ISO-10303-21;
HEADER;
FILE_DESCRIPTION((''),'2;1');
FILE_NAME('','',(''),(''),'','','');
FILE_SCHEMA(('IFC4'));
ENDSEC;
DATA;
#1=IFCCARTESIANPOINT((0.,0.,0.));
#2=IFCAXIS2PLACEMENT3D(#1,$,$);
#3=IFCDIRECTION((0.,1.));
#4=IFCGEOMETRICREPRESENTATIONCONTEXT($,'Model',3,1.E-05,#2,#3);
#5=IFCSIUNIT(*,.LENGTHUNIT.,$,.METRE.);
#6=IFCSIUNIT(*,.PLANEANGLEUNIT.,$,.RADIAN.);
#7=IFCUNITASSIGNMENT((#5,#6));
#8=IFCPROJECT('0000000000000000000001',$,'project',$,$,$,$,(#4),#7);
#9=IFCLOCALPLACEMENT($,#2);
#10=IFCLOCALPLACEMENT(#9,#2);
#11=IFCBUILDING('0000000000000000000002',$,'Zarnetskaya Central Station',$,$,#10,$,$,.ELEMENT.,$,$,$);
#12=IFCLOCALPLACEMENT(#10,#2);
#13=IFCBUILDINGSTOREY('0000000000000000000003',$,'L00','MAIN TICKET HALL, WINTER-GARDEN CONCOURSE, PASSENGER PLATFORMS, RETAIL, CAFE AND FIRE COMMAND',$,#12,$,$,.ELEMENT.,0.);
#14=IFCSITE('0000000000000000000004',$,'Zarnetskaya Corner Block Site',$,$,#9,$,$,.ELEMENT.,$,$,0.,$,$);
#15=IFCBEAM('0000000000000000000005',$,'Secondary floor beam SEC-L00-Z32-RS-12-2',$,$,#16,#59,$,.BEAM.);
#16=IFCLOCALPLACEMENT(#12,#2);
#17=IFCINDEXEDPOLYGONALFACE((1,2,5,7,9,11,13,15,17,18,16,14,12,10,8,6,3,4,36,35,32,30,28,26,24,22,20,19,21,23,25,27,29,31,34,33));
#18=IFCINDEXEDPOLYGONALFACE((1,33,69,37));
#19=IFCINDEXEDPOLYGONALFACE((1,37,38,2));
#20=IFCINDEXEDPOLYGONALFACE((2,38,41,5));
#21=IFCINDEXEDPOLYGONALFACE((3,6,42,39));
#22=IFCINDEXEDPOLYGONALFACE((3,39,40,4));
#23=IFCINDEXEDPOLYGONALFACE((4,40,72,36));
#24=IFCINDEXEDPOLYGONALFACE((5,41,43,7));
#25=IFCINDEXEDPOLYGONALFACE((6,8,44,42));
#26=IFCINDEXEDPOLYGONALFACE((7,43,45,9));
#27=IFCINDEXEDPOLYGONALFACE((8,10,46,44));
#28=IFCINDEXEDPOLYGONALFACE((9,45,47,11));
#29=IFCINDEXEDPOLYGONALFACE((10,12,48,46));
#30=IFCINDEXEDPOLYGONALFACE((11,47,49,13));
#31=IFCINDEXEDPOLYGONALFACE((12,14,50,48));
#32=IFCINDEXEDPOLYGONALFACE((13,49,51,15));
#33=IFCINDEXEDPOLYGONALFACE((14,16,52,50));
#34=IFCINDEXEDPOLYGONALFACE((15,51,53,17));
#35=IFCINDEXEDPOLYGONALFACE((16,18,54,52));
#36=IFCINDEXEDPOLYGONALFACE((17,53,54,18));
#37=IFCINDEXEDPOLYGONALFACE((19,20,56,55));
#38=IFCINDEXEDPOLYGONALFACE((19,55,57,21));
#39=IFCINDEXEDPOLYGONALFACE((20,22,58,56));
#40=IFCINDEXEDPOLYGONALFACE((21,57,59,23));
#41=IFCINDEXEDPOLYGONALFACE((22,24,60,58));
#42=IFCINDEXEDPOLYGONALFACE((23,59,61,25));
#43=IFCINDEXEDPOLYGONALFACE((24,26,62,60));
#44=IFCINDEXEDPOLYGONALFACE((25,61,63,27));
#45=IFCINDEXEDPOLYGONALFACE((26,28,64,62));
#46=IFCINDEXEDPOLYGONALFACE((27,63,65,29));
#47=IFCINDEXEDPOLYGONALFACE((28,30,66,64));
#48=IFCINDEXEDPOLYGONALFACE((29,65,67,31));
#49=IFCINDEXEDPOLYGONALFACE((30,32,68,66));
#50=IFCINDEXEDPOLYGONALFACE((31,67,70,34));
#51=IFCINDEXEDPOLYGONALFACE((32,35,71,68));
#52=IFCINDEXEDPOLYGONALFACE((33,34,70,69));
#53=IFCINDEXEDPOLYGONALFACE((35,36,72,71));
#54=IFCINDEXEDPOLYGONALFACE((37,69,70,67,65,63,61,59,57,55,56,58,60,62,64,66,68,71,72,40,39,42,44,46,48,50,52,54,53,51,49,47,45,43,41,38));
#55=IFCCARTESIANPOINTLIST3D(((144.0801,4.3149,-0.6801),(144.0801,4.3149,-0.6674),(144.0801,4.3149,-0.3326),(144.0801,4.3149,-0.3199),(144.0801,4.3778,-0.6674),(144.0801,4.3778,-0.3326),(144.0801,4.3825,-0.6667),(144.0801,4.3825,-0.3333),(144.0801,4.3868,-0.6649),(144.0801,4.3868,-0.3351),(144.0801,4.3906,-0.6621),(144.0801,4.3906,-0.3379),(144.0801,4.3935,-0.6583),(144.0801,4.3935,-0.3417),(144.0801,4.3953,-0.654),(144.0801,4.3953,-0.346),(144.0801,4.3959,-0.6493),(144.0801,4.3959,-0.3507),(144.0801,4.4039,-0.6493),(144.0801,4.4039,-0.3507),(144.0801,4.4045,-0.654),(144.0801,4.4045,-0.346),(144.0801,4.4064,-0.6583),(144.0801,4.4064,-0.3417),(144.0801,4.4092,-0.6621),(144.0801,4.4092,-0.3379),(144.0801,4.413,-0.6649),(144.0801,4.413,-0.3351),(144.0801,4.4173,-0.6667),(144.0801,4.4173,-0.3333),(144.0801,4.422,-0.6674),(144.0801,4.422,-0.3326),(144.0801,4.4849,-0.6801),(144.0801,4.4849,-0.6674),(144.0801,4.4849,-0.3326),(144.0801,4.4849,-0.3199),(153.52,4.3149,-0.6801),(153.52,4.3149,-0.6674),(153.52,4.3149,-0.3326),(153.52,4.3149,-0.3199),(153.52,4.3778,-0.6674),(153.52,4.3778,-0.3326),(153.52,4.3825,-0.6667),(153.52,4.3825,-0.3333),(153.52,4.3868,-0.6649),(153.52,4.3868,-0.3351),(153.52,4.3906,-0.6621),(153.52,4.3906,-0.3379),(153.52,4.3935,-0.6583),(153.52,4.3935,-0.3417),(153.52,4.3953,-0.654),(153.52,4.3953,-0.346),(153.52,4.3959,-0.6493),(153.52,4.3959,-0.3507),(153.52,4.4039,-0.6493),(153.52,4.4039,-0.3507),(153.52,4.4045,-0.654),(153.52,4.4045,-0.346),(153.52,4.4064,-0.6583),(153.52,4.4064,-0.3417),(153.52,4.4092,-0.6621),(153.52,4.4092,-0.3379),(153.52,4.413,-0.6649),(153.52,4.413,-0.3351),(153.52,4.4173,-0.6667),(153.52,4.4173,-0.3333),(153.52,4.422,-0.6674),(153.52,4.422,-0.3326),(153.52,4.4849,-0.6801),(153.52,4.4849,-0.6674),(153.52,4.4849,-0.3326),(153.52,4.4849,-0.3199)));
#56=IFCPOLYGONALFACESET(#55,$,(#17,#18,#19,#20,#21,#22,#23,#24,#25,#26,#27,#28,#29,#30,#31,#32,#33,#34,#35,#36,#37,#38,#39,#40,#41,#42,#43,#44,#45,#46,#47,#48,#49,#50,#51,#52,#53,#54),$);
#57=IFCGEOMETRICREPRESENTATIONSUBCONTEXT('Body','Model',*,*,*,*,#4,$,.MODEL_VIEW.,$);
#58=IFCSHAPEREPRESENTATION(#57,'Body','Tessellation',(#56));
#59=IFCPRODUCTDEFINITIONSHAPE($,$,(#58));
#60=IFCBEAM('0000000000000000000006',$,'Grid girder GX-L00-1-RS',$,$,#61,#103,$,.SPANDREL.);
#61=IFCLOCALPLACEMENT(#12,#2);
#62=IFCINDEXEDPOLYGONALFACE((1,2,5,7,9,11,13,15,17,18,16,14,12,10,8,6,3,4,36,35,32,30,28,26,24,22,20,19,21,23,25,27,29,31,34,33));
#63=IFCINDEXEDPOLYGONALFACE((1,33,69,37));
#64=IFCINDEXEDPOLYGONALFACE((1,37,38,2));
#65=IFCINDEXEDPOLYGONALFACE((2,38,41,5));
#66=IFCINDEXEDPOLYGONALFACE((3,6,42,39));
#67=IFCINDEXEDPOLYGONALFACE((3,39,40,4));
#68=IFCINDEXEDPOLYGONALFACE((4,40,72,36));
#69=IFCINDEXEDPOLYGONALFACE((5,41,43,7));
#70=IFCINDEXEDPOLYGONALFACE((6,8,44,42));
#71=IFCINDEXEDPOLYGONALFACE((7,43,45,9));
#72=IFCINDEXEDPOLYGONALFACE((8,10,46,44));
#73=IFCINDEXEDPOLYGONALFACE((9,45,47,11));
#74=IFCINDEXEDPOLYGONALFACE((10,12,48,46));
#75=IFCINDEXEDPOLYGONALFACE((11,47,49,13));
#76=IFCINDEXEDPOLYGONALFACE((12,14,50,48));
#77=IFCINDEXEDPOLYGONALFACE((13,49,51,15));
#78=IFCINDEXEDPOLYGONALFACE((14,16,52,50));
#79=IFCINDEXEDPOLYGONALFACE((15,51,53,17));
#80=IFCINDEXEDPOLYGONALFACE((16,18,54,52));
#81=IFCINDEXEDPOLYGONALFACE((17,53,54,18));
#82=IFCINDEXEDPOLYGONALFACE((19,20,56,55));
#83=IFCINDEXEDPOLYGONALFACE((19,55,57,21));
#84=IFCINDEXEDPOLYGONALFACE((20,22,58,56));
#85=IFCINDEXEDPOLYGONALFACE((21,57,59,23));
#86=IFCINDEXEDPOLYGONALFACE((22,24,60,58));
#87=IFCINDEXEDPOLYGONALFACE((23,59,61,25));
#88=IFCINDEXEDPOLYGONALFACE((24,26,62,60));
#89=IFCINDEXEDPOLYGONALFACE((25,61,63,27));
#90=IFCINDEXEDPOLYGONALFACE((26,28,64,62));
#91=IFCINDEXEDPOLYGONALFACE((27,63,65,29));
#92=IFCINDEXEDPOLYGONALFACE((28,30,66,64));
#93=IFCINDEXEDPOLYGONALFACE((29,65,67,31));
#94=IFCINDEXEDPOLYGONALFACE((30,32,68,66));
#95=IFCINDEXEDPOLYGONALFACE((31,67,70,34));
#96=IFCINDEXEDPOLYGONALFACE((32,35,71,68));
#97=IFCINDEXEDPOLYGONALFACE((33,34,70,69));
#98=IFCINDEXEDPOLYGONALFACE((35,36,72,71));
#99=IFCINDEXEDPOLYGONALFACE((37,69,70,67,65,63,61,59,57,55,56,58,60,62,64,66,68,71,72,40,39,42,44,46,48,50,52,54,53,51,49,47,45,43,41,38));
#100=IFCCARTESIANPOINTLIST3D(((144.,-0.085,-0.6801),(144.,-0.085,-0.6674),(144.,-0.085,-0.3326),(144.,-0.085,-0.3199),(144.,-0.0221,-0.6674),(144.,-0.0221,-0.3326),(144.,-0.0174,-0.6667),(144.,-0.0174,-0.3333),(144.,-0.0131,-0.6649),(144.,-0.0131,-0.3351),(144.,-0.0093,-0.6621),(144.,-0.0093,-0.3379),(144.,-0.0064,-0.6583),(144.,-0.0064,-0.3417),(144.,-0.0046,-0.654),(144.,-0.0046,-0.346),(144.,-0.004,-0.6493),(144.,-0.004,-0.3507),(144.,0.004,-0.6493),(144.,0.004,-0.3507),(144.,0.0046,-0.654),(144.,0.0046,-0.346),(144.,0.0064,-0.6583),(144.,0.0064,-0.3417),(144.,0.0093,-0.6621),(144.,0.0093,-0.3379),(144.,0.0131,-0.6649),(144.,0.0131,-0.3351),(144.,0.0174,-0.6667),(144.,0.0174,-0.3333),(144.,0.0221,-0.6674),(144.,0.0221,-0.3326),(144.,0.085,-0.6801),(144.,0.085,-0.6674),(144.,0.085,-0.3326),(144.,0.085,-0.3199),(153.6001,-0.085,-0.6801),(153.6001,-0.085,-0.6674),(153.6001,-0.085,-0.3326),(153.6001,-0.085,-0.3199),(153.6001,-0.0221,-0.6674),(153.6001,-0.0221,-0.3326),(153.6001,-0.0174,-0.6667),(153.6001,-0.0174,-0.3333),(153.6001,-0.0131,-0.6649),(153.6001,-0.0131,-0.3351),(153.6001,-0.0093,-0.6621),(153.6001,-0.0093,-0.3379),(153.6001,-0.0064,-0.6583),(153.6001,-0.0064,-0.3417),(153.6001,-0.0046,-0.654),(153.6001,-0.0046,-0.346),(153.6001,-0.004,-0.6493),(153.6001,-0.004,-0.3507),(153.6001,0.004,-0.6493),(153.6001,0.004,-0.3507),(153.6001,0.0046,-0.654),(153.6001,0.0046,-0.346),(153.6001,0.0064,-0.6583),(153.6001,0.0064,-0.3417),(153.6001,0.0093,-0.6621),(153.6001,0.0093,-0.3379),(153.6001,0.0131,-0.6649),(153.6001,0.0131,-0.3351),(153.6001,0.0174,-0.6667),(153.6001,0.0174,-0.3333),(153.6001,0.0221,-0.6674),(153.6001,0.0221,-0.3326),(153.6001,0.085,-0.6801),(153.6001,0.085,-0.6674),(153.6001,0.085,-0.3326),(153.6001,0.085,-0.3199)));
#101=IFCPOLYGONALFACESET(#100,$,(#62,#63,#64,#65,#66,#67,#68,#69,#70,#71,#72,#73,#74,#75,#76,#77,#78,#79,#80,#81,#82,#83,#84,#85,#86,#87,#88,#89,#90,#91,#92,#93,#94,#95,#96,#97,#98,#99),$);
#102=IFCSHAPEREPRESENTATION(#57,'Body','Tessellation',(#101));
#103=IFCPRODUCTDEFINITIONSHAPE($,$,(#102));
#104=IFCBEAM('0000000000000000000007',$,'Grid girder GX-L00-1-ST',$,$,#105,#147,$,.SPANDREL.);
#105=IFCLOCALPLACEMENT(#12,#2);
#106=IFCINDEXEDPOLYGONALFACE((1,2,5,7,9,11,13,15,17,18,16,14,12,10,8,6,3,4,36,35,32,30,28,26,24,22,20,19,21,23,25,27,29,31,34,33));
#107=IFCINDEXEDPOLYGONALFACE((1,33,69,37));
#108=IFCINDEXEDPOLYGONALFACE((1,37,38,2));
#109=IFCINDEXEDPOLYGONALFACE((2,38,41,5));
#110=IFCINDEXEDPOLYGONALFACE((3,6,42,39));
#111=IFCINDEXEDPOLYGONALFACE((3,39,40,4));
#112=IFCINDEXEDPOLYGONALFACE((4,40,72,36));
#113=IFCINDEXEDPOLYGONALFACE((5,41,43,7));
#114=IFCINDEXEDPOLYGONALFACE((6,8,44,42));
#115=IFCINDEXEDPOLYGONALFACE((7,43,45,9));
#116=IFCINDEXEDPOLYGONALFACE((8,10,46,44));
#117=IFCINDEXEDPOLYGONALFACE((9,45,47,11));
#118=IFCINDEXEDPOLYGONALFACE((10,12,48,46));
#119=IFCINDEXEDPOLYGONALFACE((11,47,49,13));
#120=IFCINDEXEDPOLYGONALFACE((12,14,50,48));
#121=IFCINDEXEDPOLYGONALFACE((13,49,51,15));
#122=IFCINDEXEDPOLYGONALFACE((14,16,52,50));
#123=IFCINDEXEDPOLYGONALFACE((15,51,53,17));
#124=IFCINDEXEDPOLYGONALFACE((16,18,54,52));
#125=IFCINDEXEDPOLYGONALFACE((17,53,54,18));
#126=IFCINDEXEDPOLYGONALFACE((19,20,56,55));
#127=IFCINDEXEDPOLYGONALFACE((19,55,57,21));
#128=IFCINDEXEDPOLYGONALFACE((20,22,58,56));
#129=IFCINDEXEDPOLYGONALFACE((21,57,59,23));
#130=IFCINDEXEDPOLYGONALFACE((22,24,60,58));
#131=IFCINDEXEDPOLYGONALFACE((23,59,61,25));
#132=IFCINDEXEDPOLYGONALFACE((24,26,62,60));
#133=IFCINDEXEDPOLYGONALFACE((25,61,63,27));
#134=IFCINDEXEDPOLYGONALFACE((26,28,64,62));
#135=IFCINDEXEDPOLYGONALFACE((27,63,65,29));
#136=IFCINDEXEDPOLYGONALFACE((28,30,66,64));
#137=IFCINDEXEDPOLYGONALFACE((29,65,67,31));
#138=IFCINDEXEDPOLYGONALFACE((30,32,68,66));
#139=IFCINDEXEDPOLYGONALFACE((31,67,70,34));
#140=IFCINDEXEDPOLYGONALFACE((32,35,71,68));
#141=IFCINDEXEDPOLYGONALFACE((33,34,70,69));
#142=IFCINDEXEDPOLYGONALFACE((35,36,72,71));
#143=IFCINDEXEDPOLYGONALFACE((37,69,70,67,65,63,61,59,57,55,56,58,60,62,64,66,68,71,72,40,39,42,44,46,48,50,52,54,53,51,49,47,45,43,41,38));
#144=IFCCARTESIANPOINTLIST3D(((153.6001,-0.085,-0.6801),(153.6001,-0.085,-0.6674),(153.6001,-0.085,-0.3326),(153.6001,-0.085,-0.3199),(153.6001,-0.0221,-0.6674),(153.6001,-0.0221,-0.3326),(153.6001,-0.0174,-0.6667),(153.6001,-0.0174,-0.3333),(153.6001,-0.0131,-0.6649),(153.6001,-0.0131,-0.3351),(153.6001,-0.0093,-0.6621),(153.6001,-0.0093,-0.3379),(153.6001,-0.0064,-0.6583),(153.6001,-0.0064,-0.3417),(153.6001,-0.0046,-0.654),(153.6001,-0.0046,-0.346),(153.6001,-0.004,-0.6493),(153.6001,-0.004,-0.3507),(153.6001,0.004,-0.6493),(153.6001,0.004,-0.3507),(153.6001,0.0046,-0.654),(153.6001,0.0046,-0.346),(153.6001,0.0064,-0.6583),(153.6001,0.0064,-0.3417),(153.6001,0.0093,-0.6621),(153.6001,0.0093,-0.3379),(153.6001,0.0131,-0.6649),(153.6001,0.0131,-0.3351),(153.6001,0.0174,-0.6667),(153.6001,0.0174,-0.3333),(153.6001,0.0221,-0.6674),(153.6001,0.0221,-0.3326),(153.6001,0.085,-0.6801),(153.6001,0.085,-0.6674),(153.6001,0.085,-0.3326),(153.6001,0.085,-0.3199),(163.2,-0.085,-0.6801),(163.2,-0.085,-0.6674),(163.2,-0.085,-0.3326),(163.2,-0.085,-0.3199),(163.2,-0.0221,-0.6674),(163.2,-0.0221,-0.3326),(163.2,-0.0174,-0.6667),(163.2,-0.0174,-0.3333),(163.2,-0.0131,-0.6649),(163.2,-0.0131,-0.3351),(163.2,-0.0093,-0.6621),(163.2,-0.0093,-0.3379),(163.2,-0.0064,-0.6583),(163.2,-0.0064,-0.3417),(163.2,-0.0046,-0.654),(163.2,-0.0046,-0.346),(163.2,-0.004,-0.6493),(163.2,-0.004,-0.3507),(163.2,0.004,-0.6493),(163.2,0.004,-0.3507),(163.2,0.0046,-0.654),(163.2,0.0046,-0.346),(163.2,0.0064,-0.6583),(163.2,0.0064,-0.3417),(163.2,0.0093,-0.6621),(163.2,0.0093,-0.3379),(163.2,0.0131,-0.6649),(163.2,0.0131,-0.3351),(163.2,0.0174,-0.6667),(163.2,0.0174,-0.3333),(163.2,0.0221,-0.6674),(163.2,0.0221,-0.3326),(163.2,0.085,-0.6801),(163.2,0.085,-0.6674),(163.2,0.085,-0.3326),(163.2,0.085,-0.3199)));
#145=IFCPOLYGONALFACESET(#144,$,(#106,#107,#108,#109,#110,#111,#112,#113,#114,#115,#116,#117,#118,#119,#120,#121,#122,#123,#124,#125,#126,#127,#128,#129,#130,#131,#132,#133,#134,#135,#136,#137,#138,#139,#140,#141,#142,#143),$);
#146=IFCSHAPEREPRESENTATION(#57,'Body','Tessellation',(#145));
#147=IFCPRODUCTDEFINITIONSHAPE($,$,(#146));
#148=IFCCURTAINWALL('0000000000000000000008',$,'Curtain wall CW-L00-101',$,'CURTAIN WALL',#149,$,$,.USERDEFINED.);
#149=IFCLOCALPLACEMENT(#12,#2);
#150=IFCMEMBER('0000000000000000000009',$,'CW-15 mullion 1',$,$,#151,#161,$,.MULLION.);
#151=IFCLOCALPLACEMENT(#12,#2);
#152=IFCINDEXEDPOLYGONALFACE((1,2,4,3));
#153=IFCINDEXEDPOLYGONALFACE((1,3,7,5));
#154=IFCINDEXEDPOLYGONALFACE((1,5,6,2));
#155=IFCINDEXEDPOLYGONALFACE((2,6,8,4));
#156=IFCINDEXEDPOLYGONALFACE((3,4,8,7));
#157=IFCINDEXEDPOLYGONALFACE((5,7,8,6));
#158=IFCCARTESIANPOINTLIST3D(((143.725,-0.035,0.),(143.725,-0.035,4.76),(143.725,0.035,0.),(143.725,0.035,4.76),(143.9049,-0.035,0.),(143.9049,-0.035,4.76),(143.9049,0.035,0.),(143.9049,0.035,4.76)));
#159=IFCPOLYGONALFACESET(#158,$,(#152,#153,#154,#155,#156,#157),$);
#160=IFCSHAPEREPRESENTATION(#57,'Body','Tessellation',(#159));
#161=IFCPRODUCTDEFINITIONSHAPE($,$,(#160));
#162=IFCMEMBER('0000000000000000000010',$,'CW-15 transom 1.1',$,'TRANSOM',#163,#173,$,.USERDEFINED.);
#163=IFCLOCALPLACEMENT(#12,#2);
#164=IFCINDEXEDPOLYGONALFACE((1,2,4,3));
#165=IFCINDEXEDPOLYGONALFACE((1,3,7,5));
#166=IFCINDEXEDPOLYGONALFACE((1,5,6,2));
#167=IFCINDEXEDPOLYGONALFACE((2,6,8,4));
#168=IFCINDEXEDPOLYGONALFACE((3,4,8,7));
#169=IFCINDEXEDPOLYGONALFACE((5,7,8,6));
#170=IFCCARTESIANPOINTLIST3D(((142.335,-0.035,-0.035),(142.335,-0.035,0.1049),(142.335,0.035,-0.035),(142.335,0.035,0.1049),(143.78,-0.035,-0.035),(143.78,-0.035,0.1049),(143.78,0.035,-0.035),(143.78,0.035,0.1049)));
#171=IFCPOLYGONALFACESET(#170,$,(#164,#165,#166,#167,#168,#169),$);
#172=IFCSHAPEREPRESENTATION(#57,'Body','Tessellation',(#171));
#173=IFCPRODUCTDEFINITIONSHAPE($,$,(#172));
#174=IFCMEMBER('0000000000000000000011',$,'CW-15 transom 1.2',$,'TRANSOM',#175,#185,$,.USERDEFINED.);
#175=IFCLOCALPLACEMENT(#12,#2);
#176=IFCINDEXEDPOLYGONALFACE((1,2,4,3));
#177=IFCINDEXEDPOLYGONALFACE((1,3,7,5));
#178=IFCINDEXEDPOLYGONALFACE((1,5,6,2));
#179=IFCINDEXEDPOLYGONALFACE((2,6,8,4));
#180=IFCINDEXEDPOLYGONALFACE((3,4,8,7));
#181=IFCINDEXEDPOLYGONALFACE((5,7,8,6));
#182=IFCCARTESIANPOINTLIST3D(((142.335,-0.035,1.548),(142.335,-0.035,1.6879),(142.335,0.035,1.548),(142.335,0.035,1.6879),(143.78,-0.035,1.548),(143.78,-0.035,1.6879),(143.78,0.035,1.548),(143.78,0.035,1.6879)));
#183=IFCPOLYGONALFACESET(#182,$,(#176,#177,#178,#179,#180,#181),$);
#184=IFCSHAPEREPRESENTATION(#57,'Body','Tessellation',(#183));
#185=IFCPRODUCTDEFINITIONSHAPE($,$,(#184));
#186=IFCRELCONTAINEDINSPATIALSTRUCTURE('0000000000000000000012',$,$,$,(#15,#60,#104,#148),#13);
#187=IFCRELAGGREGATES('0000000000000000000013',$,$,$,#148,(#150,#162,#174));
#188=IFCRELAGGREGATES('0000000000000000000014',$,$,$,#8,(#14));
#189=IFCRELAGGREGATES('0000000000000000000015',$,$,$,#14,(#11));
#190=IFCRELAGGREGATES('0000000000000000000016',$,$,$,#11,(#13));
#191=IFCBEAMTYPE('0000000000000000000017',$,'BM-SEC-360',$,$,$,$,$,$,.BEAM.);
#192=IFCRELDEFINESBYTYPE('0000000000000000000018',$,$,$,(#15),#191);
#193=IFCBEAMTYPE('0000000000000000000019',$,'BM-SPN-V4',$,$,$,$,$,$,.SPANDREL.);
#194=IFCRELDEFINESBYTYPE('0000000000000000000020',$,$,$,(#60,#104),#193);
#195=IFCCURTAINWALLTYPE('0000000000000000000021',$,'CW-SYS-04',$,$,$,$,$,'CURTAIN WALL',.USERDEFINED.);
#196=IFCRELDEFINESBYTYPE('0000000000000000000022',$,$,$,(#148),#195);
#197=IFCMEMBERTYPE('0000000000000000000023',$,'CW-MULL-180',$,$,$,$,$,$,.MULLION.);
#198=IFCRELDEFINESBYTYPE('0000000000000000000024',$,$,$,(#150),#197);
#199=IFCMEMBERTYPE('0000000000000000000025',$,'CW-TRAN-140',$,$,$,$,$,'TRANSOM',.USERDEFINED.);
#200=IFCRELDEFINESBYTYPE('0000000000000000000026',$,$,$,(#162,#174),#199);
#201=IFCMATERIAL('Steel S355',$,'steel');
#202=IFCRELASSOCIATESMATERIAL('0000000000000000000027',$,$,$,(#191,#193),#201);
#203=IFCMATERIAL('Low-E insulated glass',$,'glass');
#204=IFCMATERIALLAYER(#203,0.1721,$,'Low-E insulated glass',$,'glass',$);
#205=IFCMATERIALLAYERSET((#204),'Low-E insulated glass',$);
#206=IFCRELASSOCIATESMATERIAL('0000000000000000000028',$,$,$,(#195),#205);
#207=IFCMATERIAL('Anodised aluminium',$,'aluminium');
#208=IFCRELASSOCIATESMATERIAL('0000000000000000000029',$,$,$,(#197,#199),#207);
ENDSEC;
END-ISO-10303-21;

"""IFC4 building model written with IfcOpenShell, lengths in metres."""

from ifc_helpers import new_model, si_unit, direction, frame, origin, origin_2d, place, context, subcontext, project, spatial, rectangle, i_section, extrude, material, layer, layer_set, material_profile, profile_set, type_object, element, aggregate, save


model = new_model("IFC4")

# Units and contexts
model_context = context("Model", 3, precision=1e-05, world=origin(), true_north=direction((0.0, 1.0)))
body_context = subcontext(model_context, "Body", "Model", "MODEL_VIEW")
ifc_project = project(units=[si_unit("LENGTHUNIT", "METRE"), si_unit("PLANEANGLEUNIT", "RADIAN")], contexts=[model_context])

# Site, building, storey
site_placement = place(None, origin())
site = spatial("IfcSite", under=ifc_project, at=site_placement, Name="Zarnetskaya Corner Block Site", CompositionType="ELEMENT", RefElevation=0.0)
building_placement = place(site_placement, origin())
building = spatial("IfcBuilding", under=site, at=building_placement, Name="Zarnetskaya Central Station", CompositionType="ELEMENT")
storey_placement = place(building_placement, origin())
storey = spatial("IfcBuildingStorey", under=building, at=storey_placement, Name="L00", Description="MAIN TICKET HALL, WINTER-GARDEN CONCOURSE, PASSENGER PLATFORMS, RETAIL, CAFE AND FIRE COMMAND", CompositionType="ELEMENT", Elevation=0.0)

# Shared definitions
ifc_material_1 = material(Name="Steel S355", Category="steel")

# Beams
ifc_material_profile_1 = material_profile(ifc_material_1, i_section(OverallWidth=0.1699, OverallDepth=0.3601, WebThickness=0.0081, FlangeThickness=0.0127, FilletRadius=0.0181, at=origin_2d()), Name="IPE 360")
ifc_profile_set_1 = profile_set([ifc_material_profile_1], Name="Steel S355")
beam_type_1 = type_object("IfcBeamType", Name="BM-SEC-360", PredefinedType="BEAM", material=ifc_profile_set_1)
for number, where, z_axis, x_axis, name in (
    (1, (144.0801, 4.3999, -0.5), (1.0, 0.0, 0.0), (0.0, 1.0, 0.0), "Secondary floor beam SEC-L00-Z32-RS-12-2"),
):
    element("IfcBeam", number, at=place(storey_placement, frame(where, z_axis=z_axis, x_axis=x_axis)), inside=storey, type_object=beam_type_1, Name=name, PredefinedType="BEAM", context=body_context, shape_type="SweptSolid", body=[
        extrude(i_section(OverallWidth=0.1699, OverallDepth=0.3601, WebThickness=0.0081, FlangeThickness=0.0127, FilletRadius=0.0181, at=origin_2d()), origin(), (0.0, 0.0, 1.0), 9.4399),
    ])
ifc_material_profile_2 = material_profile(ifc_material_1, i_section(OverallWidth=0.1699, OverallDepth=0.3601, WebThickness=0.0081, FlangeThickness=0.0127, FilletRadius=0.0181, at=origin_2d()), Name="IPE 360")
ifc_profile_set_2 = profile_set([ifc_material_profile_2], Name="Steel S355")
beam_type_2 = type_object("IfcBeamType", Name="BM-SPN-V4", PredefinedType="SPANDREL", material=ifc_profile_set_2)
beam_1_placement = place(storey_placement, frame((144.0, 0.0, -0.5), z_axis=(1.0, 0.0, 0.0), x_axis=(0.0, 1.0, 0.0)))
element("IfcBeam", 2, at=beam_1_placement, inside=storey, type_object=beam_type_2, Name="Grid girder GX-L00-1-RS", PredefinedType="SPANDREL", context=body_context, shape_type="SweptSolid", body=[
    extrude(i_section(OverallWidth=0.1699, OverallDepth=0.3601, WebThickness=0.0081, FlangeThickness=0.0127, FilletRadius=0.0181, at=origin_2d()), origin(), (0.0, 0.0, 1.0), 9.6001),
])
beam_2_placement = place(storey_placement, frame((153.6001, 0.0, -0.5), z_axis=(1.0, 0.0, 0.0), x_axis=(0.0, 1.0, 0.0)))
element("IfcBeam", 3, at=beam_2_placement, inside=storey, type_object=beam_type_2, Name="Grid girder GX-L00-1-ST", PredefinedType="SPANDREL", context=body_context, shape_type="SweptSolid", body=[
    extrude(i_section(OverallWidth=0.1699, OverallDepth=0.3601, WebThickness=0.0081, FlangeThickness=0.0127, FilletRadius=0.0181, at=origin_2d()), origin(), (0.0, 0.0, 1.0), 9.5999),
])

# Curtain wall, members
ifc_material_2 = material(Name="Low-E insulated glass", Category="glass")
ifc_layer_1 = layer(ifc_material_2, 0.1721, Name="Low-E insulated glass", Category="glass")
ifc_layer_set_1 = layer_set([ifc_layer_1], Name="Low-E insulated glass")
curtain_wall_type = type_object("IfcCurtainWallType", Name="CW-SYS-04", ElementType="CURTAIN WALL", PredefinedType="USERDEFINED", material=ifc_layer_set_1)
curtain_wall_placement = place(storey_placement, origin())
curtain_wall = element("IfcCurtainWall", 4, at=curtain_wall_placement, inside=storey, type_object=curtain_wall_type, Name="Curtain wall CW-L00-101", ObjectType="CURTAIN WALL", PredefinedType="USERDEFINED")
ifc_material_3 = material(Name="Anodised aluminium", Category="aluminium")
ifc_material_profile_3 = material_profile(ifc_material_3, rectangle(XDim=0.0701, YDim=0.1799, at=origin_2d()), Name="ALU MULL 70x180")
ifc_profile_set_3 = profile_set([ifc_material_profile_3], Name="Anodised aluminium")
member_type_1 = type_object("IfcMemberType", Name="CW-MULL-180", PredefinedType="MULLION", material=ifc_profile_set_3)
member_1_placement = place(storey_placement, frame((143.8149, 0.0, 0.0), z_axis=(0.0, 0.0, 1.0), x_axis=(0.0, -1.0, 0.0)))
member_1 = element("IfcMember", 5, at=member_1_placement, type_object=member_type_1, Name="CW-15 mullion 1", PredefinedType="MULLION", context=body_context, shape_type="SweptSolid", body=[
    extrude(rectangle(XDim=0.0701, YDim=0.1799, at=origin_2d()), origin(), (0.0, 0.0, 1.0), 4.76),
])
ifc_material_profile_4 = material_profile(ifc_material_3, rectangle(XDim=0.0701, YDim=0.1399, at=origin_2d()), Name="ALU TRAN 70x140")
ifc_profile_set_4 = profile_set([ifc_material_profile_4], Name="Anodised aluminium")
member_type_2 = type_object("IfcMemberType", Name="CW-TRAN-140", ElementType="TRANSOM", PredefinedType="USERDEFINED", material=ifc_profile_set_4)
member_2_placement = place(storey_placement, frame((143.78, 0.0, 0.0349), z_axis=(-1.0, 0.0, 0.0), x_axis=(0.0, -1.0, 0.0)))
member_2 = element("IfcMember", 6, at=member_2_placement, type_object=member_type_2, Name="CW-15 transom 1.1", ObjectType="TRANSOM", PredefinedType="USERDEFINED", context=body_context, shape_type="SweptSolid", body=[
    extrude(rectangle(XDim=0.0701, YDim=0.1399, at=origin_2d()), origin(), (0.0, 0.0, 1.0), 1.4451),
])
member_3_placement = place(storey_placement, frame((143.78, 0.0, 1.6179), z_axis=(-1.0, 0.0, 0.0), x_axis=(0.0, -1.0, 0.0)))
member_3 = element("IfcMember", 7, at=member_3_placement, type_object=member_type_2, Name="CW-15 transom 1.2", ObjectType="TRANSOM", PredefinedType="USERDEFINED", context=body_context, shape_type="SweptSolid", body=[
    extrude(rectangle(XDim=0.0701, YDim=0.1399, at=origin_2d()), origin(), (0.0, 0.0, 1.0), 1.4451),
])

aggregate(curtain_wall, [member_1, member_2, member_3])

save(model, "model.ifc")
